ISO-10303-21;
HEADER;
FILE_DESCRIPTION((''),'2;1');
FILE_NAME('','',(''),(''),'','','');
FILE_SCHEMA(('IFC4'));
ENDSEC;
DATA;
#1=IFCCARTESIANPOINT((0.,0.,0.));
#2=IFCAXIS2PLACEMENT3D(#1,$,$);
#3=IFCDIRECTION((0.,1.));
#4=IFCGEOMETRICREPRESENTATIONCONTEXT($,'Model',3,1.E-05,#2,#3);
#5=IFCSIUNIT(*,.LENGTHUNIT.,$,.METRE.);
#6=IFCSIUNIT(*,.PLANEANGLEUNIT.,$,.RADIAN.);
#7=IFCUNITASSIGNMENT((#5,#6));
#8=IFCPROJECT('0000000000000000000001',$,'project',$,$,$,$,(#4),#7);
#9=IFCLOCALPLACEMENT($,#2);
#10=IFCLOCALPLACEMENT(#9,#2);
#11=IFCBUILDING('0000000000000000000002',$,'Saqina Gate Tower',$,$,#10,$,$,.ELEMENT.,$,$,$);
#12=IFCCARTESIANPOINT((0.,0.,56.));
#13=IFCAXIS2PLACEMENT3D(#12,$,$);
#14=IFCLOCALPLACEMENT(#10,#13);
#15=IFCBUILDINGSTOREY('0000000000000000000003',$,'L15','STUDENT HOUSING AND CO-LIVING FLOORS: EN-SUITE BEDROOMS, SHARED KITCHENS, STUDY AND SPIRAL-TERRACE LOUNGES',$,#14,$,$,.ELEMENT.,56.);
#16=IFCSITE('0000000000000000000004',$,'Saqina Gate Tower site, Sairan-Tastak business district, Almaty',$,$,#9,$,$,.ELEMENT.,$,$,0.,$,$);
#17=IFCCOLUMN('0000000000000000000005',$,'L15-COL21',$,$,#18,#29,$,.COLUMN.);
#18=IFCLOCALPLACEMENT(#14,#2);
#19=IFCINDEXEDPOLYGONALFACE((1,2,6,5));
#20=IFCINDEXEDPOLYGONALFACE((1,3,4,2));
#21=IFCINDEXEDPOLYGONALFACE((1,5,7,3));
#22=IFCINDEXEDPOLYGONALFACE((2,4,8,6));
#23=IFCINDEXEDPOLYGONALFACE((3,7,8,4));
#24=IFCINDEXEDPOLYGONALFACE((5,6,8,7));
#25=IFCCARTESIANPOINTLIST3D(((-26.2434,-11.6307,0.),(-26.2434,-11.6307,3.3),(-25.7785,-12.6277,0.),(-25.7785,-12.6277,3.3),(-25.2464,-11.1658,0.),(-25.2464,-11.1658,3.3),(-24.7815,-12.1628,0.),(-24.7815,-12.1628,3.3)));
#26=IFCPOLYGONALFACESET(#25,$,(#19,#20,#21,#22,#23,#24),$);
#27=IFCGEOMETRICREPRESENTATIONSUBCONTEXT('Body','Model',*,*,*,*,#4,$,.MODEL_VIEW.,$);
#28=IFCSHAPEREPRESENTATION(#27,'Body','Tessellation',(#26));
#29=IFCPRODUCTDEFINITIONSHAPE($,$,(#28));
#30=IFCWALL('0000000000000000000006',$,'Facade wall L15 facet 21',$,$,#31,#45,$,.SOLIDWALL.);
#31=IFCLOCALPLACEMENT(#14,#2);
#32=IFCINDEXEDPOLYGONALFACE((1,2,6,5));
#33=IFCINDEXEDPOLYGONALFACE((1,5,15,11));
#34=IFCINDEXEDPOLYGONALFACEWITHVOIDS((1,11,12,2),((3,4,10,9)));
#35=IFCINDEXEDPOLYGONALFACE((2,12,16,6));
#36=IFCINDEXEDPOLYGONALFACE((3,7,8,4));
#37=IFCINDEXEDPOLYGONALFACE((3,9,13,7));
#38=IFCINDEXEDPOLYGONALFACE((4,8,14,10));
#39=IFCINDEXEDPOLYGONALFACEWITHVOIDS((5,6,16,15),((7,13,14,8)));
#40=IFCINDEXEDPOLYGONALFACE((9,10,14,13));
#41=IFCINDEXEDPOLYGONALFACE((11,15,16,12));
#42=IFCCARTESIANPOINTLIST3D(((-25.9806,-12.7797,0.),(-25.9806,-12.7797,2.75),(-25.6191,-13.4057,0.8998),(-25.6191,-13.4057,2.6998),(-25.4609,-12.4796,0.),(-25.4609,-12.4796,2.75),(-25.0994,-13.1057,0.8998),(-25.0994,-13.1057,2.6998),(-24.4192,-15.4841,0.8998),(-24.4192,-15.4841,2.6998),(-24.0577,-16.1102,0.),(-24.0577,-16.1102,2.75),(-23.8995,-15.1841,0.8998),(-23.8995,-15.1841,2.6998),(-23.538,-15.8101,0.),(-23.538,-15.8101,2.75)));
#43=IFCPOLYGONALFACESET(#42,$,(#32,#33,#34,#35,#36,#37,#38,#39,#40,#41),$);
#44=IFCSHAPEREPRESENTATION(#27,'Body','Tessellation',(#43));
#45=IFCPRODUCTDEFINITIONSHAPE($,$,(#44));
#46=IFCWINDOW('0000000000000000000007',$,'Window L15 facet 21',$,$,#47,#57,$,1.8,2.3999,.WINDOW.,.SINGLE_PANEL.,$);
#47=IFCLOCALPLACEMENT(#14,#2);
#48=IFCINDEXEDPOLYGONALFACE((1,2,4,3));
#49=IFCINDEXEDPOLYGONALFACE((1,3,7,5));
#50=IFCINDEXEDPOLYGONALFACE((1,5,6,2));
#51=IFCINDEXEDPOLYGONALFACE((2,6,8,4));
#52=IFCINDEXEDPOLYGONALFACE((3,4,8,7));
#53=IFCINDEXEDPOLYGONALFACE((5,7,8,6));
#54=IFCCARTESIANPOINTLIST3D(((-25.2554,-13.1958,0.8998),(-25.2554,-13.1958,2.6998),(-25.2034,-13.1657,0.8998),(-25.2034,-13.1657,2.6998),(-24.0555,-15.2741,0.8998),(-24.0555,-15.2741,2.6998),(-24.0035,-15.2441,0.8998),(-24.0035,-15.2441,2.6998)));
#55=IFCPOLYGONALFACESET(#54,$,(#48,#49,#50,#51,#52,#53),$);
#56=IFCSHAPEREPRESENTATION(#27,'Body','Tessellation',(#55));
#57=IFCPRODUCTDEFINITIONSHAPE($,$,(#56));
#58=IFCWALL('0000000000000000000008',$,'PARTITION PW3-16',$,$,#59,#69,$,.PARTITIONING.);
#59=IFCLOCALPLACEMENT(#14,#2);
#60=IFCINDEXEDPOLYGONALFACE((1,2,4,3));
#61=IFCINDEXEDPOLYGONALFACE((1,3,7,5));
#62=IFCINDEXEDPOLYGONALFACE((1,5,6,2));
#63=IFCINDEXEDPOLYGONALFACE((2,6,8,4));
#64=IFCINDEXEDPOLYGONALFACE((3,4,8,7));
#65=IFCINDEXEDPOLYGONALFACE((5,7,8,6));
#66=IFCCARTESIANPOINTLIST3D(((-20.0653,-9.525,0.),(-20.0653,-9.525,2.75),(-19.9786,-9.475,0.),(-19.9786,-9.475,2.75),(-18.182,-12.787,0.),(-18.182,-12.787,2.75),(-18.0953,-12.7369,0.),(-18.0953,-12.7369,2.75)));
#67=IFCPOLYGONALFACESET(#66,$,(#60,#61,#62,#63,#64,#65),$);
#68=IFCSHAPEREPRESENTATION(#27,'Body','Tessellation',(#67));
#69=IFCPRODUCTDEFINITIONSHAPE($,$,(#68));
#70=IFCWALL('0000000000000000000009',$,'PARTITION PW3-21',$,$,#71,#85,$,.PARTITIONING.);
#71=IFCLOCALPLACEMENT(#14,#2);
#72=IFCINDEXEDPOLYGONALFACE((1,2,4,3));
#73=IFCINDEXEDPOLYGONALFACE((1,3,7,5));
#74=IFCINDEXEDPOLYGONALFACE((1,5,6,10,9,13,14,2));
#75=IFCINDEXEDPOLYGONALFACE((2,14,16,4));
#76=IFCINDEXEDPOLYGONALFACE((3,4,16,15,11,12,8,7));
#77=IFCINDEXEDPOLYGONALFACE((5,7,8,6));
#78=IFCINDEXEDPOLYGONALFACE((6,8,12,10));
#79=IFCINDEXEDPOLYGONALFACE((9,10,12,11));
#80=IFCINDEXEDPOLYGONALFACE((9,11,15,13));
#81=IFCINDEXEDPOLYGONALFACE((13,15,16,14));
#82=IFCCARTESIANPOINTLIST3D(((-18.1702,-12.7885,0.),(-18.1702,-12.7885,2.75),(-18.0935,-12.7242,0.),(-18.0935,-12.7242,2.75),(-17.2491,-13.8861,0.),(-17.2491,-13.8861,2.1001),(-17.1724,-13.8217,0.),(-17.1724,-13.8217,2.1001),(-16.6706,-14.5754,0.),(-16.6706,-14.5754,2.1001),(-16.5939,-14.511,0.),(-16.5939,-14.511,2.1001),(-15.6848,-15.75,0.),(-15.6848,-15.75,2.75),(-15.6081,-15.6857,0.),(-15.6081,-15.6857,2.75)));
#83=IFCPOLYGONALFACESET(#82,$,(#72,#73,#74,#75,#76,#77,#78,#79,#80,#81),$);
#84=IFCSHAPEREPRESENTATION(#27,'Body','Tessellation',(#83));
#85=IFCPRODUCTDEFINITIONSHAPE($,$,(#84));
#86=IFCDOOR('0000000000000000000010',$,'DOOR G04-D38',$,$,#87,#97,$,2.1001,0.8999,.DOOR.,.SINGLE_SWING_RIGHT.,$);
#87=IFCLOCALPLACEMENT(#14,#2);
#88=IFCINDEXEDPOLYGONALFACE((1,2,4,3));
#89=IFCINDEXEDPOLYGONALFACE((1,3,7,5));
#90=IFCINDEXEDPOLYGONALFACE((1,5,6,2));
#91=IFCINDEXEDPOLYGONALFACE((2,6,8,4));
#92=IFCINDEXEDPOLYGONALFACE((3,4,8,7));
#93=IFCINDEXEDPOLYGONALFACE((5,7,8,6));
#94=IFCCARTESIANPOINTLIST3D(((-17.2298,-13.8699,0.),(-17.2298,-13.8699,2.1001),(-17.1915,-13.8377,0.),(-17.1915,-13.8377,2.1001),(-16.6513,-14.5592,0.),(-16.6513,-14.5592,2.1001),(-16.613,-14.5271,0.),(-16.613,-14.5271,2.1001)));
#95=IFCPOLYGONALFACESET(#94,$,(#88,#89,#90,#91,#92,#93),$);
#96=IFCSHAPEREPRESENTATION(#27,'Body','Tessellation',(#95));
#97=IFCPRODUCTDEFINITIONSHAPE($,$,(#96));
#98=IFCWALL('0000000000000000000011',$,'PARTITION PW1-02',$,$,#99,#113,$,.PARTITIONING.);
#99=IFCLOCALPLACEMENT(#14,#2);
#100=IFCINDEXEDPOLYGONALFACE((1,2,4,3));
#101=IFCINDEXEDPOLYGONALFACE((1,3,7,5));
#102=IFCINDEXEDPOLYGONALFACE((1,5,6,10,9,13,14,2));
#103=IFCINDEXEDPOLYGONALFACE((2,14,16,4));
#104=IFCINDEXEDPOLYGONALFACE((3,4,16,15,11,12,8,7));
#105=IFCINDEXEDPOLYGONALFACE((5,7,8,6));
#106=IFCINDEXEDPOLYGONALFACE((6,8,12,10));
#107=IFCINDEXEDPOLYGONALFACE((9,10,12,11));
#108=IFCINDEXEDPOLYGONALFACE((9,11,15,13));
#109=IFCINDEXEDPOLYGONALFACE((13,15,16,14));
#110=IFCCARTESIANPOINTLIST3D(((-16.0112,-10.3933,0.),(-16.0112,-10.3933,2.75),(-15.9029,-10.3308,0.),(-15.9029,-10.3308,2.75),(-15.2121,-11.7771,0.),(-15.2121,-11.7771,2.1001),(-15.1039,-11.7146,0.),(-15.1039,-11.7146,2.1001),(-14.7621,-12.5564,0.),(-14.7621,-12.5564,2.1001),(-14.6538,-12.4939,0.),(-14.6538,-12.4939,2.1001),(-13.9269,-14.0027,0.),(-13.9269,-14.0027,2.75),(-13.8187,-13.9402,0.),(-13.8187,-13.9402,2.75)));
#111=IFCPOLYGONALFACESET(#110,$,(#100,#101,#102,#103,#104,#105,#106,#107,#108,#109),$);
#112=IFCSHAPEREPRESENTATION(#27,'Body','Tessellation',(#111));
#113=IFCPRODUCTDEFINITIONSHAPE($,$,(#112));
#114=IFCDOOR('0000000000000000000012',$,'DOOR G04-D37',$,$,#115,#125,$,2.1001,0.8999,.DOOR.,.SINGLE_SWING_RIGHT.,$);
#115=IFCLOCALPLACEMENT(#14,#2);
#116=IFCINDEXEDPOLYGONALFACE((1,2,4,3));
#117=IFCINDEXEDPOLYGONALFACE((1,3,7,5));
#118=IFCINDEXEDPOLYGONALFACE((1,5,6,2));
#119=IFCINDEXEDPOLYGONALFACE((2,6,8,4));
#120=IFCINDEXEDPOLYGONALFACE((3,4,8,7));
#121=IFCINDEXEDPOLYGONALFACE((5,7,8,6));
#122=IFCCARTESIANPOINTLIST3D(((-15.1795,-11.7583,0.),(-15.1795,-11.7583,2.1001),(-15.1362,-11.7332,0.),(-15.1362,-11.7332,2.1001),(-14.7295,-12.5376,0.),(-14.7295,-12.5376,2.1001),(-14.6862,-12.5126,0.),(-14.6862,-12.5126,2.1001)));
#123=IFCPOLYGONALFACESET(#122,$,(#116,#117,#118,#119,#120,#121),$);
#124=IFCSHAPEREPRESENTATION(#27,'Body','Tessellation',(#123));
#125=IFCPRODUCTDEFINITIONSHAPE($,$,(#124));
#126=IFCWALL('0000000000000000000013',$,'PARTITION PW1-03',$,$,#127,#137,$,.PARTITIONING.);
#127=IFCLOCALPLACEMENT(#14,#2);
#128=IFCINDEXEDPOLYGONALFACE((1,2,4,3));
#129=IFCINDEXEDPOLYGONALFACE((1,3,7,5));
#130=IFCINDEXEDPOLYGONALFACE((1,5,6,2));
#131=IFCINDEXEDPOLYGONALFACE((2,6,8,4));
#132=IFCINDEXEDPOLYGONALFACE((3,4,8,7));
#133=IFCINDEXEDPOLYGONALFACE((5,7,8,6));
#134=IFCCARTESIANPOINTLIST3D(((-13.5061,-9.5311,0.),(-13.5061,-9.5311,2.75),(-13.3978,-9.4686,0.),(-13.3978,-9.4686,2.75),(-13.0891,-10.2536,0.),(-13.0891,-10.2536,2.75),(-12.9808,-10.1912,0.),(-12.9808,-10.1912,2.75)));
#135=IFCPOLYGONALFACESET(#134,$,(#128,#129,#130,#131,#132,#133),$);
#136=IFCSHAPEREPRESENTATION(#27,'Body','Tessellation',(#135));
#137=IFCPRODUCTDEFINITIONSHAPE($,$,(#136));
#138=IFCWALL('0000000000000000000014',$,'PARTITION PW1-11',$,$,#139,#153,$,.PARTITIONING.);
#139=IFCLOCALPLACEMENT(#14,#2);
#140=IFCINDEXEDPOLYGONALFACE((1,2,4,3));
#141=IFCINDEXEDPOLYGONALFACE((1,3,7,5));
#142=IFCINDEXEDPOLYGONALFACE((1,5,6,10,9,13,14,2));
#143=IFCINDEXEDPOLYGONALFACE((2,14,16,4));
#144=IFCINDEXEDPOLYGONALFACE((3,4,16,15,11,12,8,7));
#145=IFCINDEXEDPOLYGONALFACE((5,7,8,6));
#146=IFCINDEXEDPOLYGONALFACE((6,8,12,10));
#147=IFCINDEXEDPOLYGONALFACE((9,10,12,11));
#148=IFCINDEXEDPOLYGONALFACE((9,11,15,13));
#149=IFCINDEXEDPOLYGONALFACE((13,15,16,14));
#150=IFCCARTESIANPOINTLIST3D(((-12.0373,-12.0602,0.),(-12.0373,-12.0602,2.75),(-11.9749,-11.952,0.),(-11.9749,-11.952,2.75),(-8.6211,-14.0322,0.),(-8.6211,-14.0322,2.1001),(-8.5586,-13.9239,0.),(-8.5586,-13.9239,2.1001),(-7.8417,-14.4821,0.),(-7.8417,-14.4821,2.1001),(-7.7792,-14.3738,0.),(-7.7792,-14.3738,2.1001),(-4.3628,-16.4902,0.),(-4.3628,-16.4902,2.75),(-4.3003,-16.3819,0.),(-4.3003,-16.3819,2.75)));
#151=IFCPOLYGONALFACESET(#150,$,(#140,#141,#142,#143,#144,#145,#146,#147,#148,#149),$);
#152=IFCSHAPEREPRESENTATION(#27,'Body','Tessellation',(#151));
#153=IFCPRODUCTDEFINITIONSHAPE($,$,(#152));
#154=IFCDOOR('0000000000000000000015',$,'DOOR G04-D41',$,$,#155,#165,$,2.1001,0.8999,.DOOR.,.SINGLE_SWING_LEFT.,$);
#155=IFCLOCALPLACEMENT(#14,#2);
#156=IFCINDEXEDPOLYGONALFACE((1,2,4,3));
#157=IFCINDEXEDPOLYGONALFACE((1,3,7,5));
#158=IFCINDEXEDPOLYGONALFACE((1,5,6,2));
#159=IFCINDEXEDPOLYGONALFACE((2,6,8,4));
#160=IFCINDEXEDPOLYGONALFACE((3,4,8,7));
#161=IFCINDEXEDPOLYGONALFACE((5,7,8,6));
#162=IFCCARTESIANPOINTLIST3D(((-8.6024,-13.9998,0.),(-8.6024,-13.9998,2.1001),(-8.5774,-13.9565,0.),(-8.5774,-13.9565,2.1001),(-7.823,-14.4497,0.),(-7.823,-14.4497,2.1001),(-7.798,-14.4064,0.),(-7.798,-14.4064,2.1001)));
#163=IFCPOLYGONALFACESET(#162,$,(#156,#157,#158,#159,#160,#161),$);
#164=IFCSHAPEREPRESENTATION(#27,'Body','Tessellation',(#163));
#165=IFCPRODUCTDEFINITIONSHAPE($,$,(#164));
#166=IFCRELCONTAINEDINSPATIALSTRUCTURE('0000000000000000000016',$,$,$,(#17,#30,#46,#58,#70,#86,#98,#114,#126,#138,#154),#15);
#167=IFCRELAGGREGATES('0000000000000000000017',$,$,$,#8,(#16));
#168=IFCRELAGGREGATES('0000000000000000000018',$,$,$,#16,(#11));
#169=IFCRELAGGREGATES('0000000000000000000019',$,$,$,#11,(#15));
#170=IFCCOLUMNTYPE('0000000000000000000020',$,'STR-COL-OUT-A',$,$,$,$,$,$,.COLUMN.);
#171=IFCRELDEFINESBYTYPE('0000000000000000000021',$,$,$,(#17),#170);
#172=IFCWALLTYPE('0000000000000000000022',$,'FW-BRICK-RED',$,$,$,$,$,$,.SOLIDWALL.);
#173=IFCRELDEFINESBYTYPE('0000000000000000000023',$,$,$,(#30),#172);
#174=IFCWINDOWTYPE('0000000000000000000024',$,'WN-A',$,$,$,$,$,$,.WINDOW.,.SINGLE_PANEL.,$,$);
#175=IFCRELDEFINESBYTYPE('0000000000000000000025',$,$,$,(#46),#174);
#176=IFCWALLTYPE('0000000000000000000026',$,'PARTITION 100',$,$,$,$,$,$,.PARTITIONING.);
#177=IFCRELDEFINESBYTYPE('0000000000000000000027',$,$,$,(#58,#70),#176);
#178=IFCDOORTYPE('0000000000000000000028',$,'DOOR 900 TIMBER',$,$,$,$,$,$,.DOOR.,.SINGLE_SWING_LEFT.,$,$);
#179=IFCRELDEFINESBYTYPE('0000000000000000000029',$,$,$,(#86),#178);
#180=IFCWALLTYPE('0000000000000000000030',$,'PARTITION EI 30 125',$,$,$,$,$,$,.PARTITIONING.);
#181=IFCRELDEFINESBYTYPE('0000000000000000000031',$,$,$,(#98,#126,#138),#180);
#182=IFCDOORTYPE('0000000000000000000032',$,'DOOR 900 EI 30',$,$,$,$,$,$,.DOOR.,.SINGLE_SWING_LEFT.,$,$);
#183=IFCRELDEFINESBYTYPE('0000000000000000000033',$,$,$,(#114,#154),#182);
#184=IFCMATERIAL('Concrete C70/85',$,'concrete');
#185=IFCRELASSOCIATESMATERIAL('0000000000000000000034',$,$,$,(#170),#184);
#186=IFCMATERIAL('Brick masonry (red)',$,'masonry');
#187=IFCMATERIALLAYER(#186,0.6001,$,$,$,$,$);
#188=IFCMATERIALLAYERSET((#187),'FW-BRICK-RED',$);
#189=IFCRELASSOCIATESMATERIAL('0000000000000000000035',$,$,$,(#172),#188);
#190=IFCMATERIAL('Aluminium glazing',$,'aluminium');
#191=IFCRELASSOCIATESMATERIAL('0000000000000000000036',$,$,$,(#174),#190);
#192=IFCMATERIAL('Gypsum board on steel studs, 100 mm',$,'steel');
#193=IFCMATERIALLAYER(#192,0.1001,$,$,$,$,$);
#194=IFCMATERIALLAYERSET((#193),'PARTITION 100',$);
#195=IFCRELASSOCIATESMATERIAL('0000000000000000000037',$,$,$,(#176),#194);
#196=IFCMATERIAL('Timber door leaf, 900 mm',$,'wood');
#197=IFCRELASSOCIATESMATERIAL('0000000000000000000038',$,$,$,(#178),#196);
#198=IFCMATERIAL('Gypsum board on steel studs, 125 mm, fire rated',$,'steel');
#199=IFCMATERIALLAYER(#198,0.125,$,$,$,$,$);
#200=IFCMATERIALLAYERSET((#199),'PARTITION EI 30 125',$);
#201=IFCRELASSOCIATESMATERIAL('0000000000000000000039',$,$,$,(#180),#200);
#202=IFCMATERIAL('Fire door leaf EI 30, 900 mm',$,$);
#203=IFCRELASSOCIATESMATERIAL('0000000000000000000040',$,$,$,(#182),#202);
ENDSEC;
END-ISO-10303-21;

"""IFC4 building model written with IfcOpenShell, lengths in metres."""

from ifc_helpers import new_model, si_unit, direction, frame, frame_2d, origin, origin_2d, place, context, subcontext, project, spatial, rectangle, extrude, material, layer, layer_set, material_profile, profile_set, type_object, element, fill, save


model = new_model("IFC4")

# Units and contexts
model_context = context("Model", 3, precision=1e-05, world=origin(), true_north=direction((0.0, 1.0)))
body_context = subcontext(model_context, "Body", "Model", "MODEL_VIEW")
ifc_project = project(units=[si_unit("LENGTHUNIT", "METRE"), si_unit("PLANEANGLEUNIT", "RADIAN")], contexts=[model_context])

# Site, building, storey
site_placement = place(None, origin())
site = spatial("IfcSite", under=ifc_project, at=site_placement, Name="Saqina Gate Tower site, Sairan-Tastak business district, Almaty", CompositionType="ELEMENT", RefElevation=0.0)
building_placement = place(site_placement, origin())
building = spatial("IfcBuilding", under=site, at=building_placement, Name="Saqina Gate Tower", CompositionType="ELEMENT")
storey_placement = place(building_placement, frame((0.0, 0.0, 56.0)))
storey = spatial("IfcBuildingStorey", under=building, at=storey_placement, Name="L15", Description="STUDENT HOUSING AND CO-LIVING FLOORS: EN-SUITE BEDROOMS, SHARED KITCHENS, STUDY AND SPIRAL-TERRACE LOUNGES", CompositionType="ELEMENT", Elevation=56.0)

# Column
ifc_material_1 = material(Name="Concrete C70/85", Category="concrete")
ifc_material_profile = material_profile(ifc_material_1, rectangle(XDim=1.1001, YDim=1.1001, at=origin_2d()), Name="RC 1100x1100")
ifc_profile_set = profile_set([ifc_material_profile], Name="Concrete C70/85")
column_type = type_object("IfcColumnType", Name="STR-COL-OUT-A", PredefinedType="COLUMN", material=ifc_profile_set)
column_placement = place(storey_placement, frame((-25.5125, -11.8967, 0.0), z_axis=(0.0, 0.0, 1.0), x_axis=(-0.906308, -0.422618, 0.0)))
element("IfcColumn", 1, at=column_placement, inside=storey, type_object=column_type, Name="L15-COL21", PredefinedType="COLUMN", context=body_context, shape_type="SweptSolid", body=[
    extrude(rectangle(XDim=1.1001, YDim=1.1001, at=origin_2d()), origin(), (0.0, 0.0, 1.0), 3.3),
])

# Wall, opening, window
ifc_material_2 = material(Name="Brick masonry (red)", Category="masonry")
ifc_layer_1 = layer(ifc_material_2, 0.6001)
ifc_layer_set_1 = layer_set([ifc_layer_1], Name="FW-BRICK-RED")
wall_type_1 = type_object("IfcWallType", Name="FW-BRICK-RED", PredefinedType="SOLIDWALL", material=ifc_layer_set_1)
wall_1_placement = place(storey_placement, frame((-25.7207, -12.6296, 0.0), z_axis=(0.0, 0.0, 1.0), x_axis=(0.49999, -0.866031, 0.0)))
wall_1 = element("IfcWall", 2, at=wall_1_placement, inside=storey, type_object=wall_type_1, Name="Facade wall L15 facet 21", PredefinedType="SOLIDWALL", context=body_context, shape_type="SweptSolid", body=[
    extrude(rectangle(XDim=3.8457, YDim=0.6001, at=frame_2d((1.9229, 0.0))), origin(), (0.0, 0.0, 1.0), 2.75),
])
opening_1_placement = place(wall_1_placement, frame((0.7229, 0.0, 0.8999)))
opening_1 = element("IfcOpeningElement", 3, at=opening_1_placement, cuts=wall_1, PredefinedType="OPENING", context=body_context, shape_type="SweptSolid", body=[
    extrude(rectangle(XDim=2.3999, YDim=1.8, at=frame_2d((1.2, 0.8999))), frame((0.0, 0.312, 0.0), z_axis=(0.0, -1.0, 0.0), x_axis=(1.0, 0.0, 0.0)), (0.0, 0.0, 1.0), 0.624),
])
ifc_material_3 = material(Name="Aluminium glazing", Category="aluminium")
window_type = type_object("IfcWindowType", Name="WN-A", PartitioningType="SINGLE_PANEL", PredefinedType="WINDOW", material=ifc_material_3)
window_placement = place(opening_1_placement, origin())
window = element("IfcWindow", 4, at=window_placement, inside=storey, type_object=window_type, Name="Window L15 facet 21", OverallHeight=1.8, OverallWidth=2.3999, PartitioningType="SINGLE_PANEL", PredefinedType="WINDOW", context=body_context, shape_type="SweptSolid", body=[
    extrude(rectangle(XDim=2.3999, YDim=1.8, at=frame_2d((1.2, 0.8999))), frame((0.0, 0.1799, 0.0), z_axis=(0.0, -1.0, 0.0), x_axis=(1.0, 0.0, 0.0)), (0.0, 0.0, 1.0), 0.0601),
])
fill(opening_1, window)

# Wall
ifc_material_4 = material(Name="Gypsum board on steel studs, 100 mm", Category="steel")
ifc_layer_2 = layer(ifc_material_4, 0.1001)
ifc_layer_set_2 = layer_set([ifc_layer_2], Name="PARTITION 100")
wall_type_2 = type_object("IfcWallType", Name="PARTITION 100", PredefinedType="PARTITIONING", material=ifc_layer_set_2)
wall_2_placement = place(storey_placement, frame((-20.022, -9.5, 0.0), z_axis=(0.0, 0.0, 1.0), x_axis=(0.500001, -0.866025, 0.0)))
element("IfcWall", 5, at=wall_2_placement, inside=storey, type_object=wall_type_2, Name="PARTITION PW3-16", PredefinedType="PARTITIONING", context=body_context, shape_type="SweptSolid", body=[
    extrude(rectangle(XDim=3.7666, YDim=0.1001, at=frame_2d((1.8833, 0.0))), origin(), (0.0, 0.0, 1.0), 2.75),
])

# Walls, openings, doors
wall_3_placement = place(storey_placement, frame((-18.1318, -12.7563, 0.0), z_axis=(0.0, 0.0, 1.0), x_axis=(0.642851, -0.765991, 0.0)))
wall_3 = element("IfcWall", 6, at=wall_3_placement, inside=storey, type_object=wall_type_2, Name="PARTITION PW3-21", PredefinedType="PARTITIONING", context=body_context, shape_type="SweptSolid", body=[
    extrude(rectangle(XDim=3.8662, YDim=0.1001, at=frame_2d((1.9331, 0.0))), origin(), (0.0, 0.0, 1.0), 2.75),
])
opening_2_placement = place(wall_3_placement, frame((1.4329, 0.0, 0.0)))
opening_2 = element("IfcOpeningElement", 7, at=opening_2_placement, cuts=wall_3, PredefinedType="OPENING", context=body_context, shape_type="SweptSolid", body=[
    extrude(rectangle(XDim=0.8999, YDim=2.1001, at=frame_2d((0.45, 1.05))), frame((0.0, 0.062, 0.0), z_axis=(0.0, -1.0, 0.0), x_axis=(1.0, 0.0, 0.0)), (0.0, 0.0, 1.0), 0.124),
])
ifc_material_5 = material(Name="Timber door leaf, 900 mm", Category="wood")
door_type_1 = type_object("IfcDoorType", Name="DOOR 900 TIMBER", OperationType="SINGLE_SWING_LEFT", PredefinedType="DOOR", material=ifc_material_5)
door_1_placement = place(opening_2_placement, frame((0.8999, 0.0, 0.0), z_axis=(0.0, 0.0, 1.0), x_axis=(-1.0, 0.0, 0.0)))
door_1 = element("IfcDoor", 8, at=door_1_placement, inside=storey, type_object=door_type_1, Name="DOOR G04-D38", OperationType="SINGLE_SWING_RIGHT", OverallHeight=2.1001, OverallWidth=0.8999, PredefinedType="DOOR", context=body_context, shape_type="SweptSolid", body=[
    extrude(rectangle(XDim=0.8999, YDim=2.1001, at=frame_2d((0.45, 1.05))), frame((0.0, 0.0249, 0.0), z_axis=(0.0, -1.0, 0.0), x_axis=(1.0, 0.0, 0.0)), (0.0, 0.0, 1.0), 0.05),
])
fill(opening_2, door_1)
ifc_material_6 = material(Name="Gypsum board on steel studs, 125 mm, fire rated", Category="steel")
ifc_layer_3 = layer(ifc_material_6, 0.125)
ifc_layer_set_3 = layer_set([ifc_layer_3], Name="PARTITION EI 30 125")
wall_type_3 = type_object("IfcWallType", Name="PARTITION EI 30 125", PredefinedType="PARTITIONING", material=ifc_layer_set_3)
wall_4_placement = place(storey_placement, frame((-15.957, -10.3621, 0.0), z_axis=(0.0, 0.0, 1.0), x_axis=(0.500064, -0.865989, 0.0)))
wall_4 = element("IfcWall", 9, at=wall_4_placement, inside=storey, type_object=wall_type_3, Name="PARTITION PW1-02", PredefinedType="PARTITIONING", context=body_context, shape_type="SweptSolid", body=[
    extrude(rectangle(XDim=4.168, YDim=0.125, at=frame_2d((2.084, 0.0))), origin(), (0.0, 0.0, 1.0), 2.75),
])
opening_3_placement = place(wall_4_placement, frame((1.5979, 0.0, 0.0)))
opening_3 = element("IfcOpeningElement", 10, at=opening_3_placement, cuts=wall_4, PredefinedType="OPENING", context=body_context, shape_type="SweptSolid", body=[
    extrude(rectangle(XDim=0.8999, YDim=2.1001, at=frame_2d((0.45, 1.05))), frame((0.0, 0.0745, 0.0), z_axis=(0.0, -1.0, 0.0), x_axis=(1.0, 0.0, 0.0)), (0.0, 0.0, 1.0), 0.1489),
])
ifc_material_7 = material(Name="Fire door leaf EI 30, 900 mm")
door_type_2 = type_object("IfcDoorType", Name="DOOR 900 EI 30", OperationType="SINGLE_SWING_LEFT", PredefinedType="DOOR", material=ifc_material_7)
door_2_placement = place(opening_3_placement, frame((0.8999, 0.0, 0.0), z_axis=(0.0, 0.0, 1.0), x_axis=(-1.0, 0.0, 0.0)))
door_2 = element("IfcDoor", 11, at=door_2_placement, inside=storey, type_object=door_type_2, Name="DOOR G04-D37", OperationType="SINGLE_SWING_RIGHT", OverallHeight=2.1001, OverallWidth=0.8999, PredefinedType="DOOR", context=body_context, shape_type="SweptSolid", body=[
    extrude(rectangle(XDim=0.8999, YDim=2.1001, at=frame_2d((0.45, 1.05))), frame((0.0, 0.0249, 0.0), z_axis=(0.0, -1.0, 0.0), x_axis=(1.0, 0.0, 0.0)), (0.0, 0.0, 1.0), 0.05),
])
fill(opening_3, door_2)

# Wall
wall_5_placement = place(storey_placement, frame((-13.4519, -9.5, 0.0), z_axis=(0.0, 0.0, 1.0), x_axis=(0.499917, -0.866073, 0.0)))
element("IfcWall", 12, at=wall_5_placement, inside=storey, type_object=wall_type_3, Name="PARTITION PW1-03", PredefinedType="PARTITIONING", context=body_context, shape_type="SweptSolid", body=[
    extrude(rectangle(XDim=0.8342, YDim=0.125, at=frame_2d((0.417, 0.0))), origin(), (0.0, 0.0, 1.0), 2.75),
])

# Wall, opening, door
wall_6_placement = place(storey_placement, frame((-12.0061, -12.0061, 0.0), z_axis=(0.0, 0.0, 1.0), x_axis=(0.866073, -0.499917, 0.0)))
wall_6 = element("IfcWall", 13, at=wall_6_placement, inside=storey, type_object=wall_type_3, Name="PARTITION PW1-11", PredefinedType="PARTITIONING", context=body_context, shape_type="SweptSolid", body=[
    extrude(rectangle(XDim=8.8613, YDim=0.125, at=frame_2d((4.4307, 0.0))), origin(), (0.0, 0.0, 1.0), 2.75),
])
opening_4_placement = place(wall_6_placement, frame((3.9446, 0.0, 0.0)))
opening_4 = element("IfcOpeningElement", 14, at=opening_4_placement, cuts=wall_6, PredefinedType="OPENING", context=body_context, shape_type="SweptSolid", body=[
    extrude(rectangle(XDim=0.8999, YDim=2.1001, at=frame_2d((0.45, 1.05))), frame((0.0, 0.0745, 0.0), z_axis=(0.0, -1.0, 0.0), x_axis=(1.0, 0.0, 0.0)), (0.0, 0.0, 1.0), 0.1489),
])
door_3_placement = place(opening_4_placement, origin())
door_3 = element("IfcDoor", 15, at=door_3_placement, inside=storey, type_object=door_type_2, Name="DOOR G04-D41", OperationType="SINGLE_SWING_LEFT", OverallHeight=2.1001, OverallWidth=0.8999, PredefinedType="DOOR", context=body_context, shape_type="SweptSolid", body=[
    extrude(rectangle(XDim=0.8999, YDim=2.1001, at=frame_2d((0.45, 1.05))), frame((0.0, 0.0249, 0.0), z_axis=(0.0, -1.0, 0.0), x_axis=(1.0, 0.0, 0.0)), (0.0, 0.0, 1.0), 0.05),
])
fill(opening_4, door_3)

save(model, "model.ifc")
